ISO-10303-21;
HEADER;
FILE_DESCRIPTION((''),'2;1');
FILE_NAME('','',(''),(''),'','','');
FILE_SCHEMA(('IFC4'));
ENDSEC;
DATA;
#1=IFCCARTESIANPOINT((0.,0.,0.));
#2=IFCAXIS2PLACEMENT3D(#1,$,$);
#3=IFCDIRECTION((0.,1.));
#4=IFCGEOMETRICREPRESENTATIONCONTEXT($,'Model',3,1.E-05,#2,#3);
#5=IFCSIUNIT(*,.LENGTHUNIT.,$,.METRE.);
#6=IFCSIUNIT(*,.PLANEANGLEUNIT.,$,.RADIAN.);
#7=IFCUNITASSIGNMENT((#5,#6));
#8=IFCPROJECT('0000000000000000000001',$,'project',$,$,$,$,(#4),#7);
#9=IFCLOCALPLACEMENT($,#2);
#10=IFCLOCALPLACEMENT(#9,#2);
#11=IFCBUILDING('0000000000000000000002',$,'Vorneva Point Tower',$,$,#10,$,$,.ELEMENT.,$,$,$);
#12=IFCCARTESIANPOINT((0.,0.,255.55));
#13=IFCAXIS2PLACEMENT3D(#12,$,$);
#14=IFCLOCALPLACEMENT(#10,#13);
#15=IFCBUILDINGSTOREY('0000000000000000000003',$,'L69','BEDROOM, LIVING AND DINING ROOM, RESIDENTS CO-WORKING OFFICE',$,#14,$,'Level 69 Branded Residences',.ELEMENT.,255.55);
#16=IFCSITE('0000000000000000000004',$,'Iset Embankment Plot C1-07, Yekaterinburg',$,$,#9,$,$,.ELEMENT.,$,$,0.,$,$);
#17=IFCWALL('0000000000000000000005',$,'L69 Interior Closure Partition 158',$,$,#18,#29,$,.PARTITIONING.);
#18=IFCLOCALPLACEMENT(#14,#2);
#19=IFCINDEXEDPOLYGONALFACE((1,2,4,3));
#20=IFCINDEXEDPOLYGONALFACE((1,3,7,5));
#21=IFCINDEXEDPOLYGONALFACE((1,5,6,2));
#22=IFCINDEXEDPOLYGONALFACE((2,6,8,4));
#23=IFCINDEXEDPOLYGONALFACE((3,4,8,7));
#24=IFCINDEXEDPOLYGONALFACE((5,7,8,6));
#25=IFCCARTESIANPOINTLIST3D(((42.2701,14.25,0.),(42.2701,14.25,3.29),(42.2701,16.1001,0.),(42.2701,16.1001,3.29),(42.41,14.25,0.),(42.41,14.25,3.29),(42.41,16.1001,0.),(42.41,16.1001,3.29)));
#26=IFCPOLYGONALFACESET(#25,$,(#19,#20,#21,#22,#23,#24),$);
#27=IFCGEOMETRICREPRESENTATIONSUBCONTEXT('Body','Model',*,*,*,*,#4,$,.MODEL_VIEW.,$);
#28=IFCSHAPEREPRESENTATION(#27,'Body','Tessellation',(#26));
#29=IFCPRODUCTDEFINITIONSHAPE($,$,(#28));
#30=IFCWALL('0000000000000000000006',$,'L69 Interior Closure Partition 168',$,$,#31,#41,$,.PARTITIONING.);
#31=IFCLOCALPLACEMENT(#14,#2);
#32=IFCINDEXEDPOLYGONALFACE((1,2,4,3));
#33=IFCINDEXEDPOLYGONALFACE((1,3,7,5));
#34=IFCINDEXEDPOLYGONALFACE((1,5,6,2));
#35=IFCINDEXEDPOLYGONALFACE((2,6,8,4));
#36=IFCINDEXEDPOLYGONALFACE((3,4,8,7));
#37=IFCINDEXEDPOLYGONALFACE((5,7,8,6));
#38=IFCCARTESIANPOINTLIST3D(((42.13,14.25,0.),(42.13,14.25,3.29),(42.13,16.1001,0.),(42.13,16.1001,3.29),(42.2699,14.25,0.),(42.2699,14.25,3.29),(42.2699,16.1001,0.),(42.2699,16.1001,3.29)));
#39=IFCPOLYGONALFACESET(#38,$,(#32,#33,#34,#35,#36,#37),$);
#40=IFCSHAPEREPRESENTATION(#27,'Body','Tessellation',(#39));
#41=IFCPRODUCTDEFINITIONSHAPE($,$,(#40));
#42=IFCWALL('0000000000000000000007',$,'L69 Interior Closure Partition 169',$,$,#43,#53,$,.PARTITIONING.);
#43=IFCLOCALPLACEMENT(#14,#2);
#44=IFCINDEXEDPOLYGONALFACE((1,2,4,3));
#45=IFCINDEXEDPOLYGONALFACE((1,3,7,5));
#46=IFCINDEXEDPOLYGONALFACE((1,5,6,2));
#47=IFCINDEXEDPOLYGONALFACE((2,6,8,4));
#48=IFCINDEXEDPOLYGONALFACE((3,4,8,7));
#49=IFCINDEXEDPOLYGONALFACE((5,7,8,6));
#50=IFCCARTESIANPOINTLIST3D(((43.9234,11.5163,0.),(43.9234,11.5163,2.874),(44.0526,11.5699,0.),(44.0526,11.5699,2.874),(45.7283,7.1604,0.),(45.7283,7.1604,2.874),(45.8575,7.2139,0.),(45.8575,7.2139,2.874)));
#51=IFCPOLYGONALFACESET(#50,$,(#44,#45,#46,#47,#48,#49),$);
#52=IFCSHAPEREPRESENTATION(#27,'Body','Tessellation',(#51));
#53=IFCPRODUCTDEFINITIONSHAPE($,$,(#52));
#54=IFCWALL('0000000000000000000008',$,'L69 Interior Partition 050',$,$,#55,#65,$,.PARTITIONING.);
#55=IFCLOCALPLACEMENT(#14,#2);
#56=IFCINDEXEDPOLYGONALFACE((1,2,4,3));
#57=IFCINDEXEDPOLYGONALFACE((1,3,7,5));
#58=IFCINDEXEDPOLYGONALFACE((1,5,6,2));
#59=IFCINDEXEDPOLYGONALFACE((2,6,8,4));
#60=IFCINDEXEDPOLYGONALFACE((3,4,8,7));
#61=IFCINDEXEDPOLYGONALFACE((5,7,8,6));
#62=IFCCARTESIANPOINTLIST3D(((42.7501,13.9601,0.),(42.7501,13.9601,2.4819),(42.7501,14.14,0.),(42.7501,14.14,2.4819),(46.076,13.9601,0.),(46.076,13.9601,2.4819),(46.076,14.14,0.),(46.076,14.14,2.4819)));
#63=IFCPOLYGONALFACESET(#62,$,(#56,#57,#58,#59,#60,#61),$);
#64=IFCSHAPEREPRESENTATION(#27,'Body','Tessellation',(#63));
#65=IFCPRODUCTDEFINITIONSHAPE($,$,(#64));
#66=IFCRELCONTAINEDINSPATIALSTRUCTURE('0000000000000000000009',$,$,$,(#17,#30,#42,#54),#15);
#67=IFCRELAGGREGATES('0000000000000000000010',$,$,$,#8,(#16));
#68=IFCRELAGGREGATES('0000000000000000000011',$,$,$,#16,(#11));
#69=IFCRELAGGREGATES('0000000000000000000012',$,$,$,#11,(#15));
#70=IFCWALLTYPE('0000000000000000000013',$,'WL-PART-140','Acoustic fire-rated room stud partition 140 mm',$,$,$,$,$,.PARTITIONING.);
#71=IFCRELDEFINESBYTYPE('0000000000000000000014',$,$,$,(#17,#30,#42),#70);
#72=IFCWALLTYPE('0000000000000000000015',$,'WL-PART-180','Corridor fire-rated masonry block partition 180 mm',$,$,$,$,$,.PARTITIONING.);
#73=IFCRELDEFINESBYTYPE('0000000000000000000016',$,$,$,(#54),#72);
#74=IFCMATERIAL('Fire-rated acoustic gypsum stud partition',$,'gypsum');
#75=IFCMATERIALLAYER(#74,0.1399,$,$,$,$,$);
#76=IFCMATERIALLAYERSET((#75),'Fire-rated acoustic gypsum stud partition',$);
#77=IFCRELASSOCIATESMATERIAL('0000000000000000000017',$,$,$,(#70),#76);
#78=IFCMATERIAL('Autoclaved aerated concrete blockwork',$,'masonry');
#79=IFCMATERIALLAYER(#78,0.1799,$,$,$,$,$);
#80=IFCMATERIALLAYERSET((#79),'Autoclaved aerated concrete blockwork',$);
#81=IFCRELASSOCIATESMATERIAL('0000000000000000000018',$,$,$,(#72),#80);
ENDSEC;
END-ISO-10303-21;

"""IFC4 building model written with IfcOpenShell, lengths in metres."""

from ifc_helpers import new_model, si_unit, direction, frame, frame_2d, origin, place, context, subcontext, project, spatial, rectangle, extrude, material, layer, layer_set, type_object, element, save


model = new_model("IFC4")

# Units and contexts
model_context = context("Model", 3, precision=1e-05, world=origin(), true_north=direction((0.0, 1.0)))
body_context = subcontext(model_context, "Body", "Model", "MODEL_VIEW")
ifc_project = project(units=[si_unit("LENGTHUNIT", "METRE"), si_unit("PLANEANGLEUNIT", "RADIAN")], contexts=[model_context])

# Site, building, storey
site_placement = place(None, origin())
site = spatial("IfcSite", under=ifc_project, at=site_placement, Name="Iset Embankment Plot C1-07, Yekaterinburg", CompositionType="ELEMENT", RefElevation=0.0)
building_placement = place(site_placement, origin())
building = spatial("IfcBuilding", under=site, at=building_placement, Name="Vorneva Point Tower", CompositionType="ELEMENT")
storey_placement = place(building_placement, frame((0.0, 0.0, 255.55)))
storey = spatial("IfcBuildingStorey", under=building, at=storey_placement, Name="L69", Description="BEDROOM, LIVING AND DINING ROOM, RESIDENTS CO-WORKING OFFICE", LongName="Level 69 Branded Residences", CompositionType="ELEMENT", Elevation=255.55)

# Shared definitions
ifc_material_1 = material(Name="Fire-rated acoustic gypsum stud partition", Category="gypsum")

# Walls
ifc_layer_1 = layer(ifc_material_1, 0.1399)
ifc_layer_set_1 = layer_set([ifc_layer_1], Name="Fire-rated acoustic gypsum stud partition")
wall_type_1 = type_object("IfcWallType", Name="WL-PART-140", Description="Acoustic fire-rated room stud partition 140 mm", PredefinedType="PARTITIONING", material=ifc_layer_set_1)
for number, where, z_axis, x_axis, name in (
    (1, (42.3401, 14.25, 0.0), (0.0, 0.0, 1.0), (0.0, 1.0, 0.0), "L69 Interior Closure Partition 158"),
    (2, (42.2, 16.1001, 0.0), (0.0, 0.0, 1.0), (0.0, -1.0, 0.0), "L69 Interior Closure Partition 168"),
):
    element("IfcWall", number, at=place(storey_placement, frame(where, z_axis=z_axis, x_axis=x_axis)), inside=storey, type_object=wall_type_1, Name=name, PredefinedType="PARTITIONING", context=body_context, shape_type="SweptSolid", body=[
        extrude(rectangle(XDim=1.8501, YDim=0.1399, at=frame_2d((0.925, 0.0))), origin(), (0.0, 0.0, 1.0), 3.29),
    ])
wall_1_placement = place(storey_placement, frame((43.988, 11.543, 0.0), z_axis=(0.0, 0.0, 1.0), x_axis=(0.382798, -0.923832, 0.0)))
element("IfcWall", 3, at=wall_1_placement, inside=storey, type_object=wall_type_1, Name="L69 Interior Closure Partition 169", PredefinedType="PARTITIONING", context=body_context, shape_type="SweptSolid", body=[
    extrude(rectangle(XDim=4.7151, YDim=0.1399, at=frame_2d((2.3574, 0.0))), origin(), (0.0, 0.0, 1.0), 2.874),
])

# Shared definitions
ifc_material_2 = material(Name="Autoclaved aerated concrete blockwork", Category="masonry")
ifc_layer_2 = layer(ifc_material_2, 0.1799)
ifc_layer_set_2 = layer_set([ifc_layer_2], Name="Autoclaved aerated concrete blockwork")
wall_type_2 = type_object("IfcWallType", Name="WL-PART-180", Description="Corridor fire-rated masonry block partition 180 mm", PredefinedType="PARTITIONING", material=ifc_layer_set_2)

# Wall
wall_2_placement = place(storey_placement, frame((42.75, 14.05, 0.0), z_axis=(0.0, 0.0, 1.0), x_axis=(1.0, 0.0, 0.0)))
element("IfcWall", 4, at=wall_2_placement, inside=storey, type_object=wall_type_2, Name="L69 Interior Partition 050", PredefinedType="PARTITIONING", context=body_context, shape_type="SweptSolid", body=[
    extrude(rectangle(XDim=3.3259, YDim=0.1799, at=frame_2d((1.6631, 0.0))), origin(), (0.0, 0.0, 1.0), 2.4819),
])

save(model, "model.ifc")
